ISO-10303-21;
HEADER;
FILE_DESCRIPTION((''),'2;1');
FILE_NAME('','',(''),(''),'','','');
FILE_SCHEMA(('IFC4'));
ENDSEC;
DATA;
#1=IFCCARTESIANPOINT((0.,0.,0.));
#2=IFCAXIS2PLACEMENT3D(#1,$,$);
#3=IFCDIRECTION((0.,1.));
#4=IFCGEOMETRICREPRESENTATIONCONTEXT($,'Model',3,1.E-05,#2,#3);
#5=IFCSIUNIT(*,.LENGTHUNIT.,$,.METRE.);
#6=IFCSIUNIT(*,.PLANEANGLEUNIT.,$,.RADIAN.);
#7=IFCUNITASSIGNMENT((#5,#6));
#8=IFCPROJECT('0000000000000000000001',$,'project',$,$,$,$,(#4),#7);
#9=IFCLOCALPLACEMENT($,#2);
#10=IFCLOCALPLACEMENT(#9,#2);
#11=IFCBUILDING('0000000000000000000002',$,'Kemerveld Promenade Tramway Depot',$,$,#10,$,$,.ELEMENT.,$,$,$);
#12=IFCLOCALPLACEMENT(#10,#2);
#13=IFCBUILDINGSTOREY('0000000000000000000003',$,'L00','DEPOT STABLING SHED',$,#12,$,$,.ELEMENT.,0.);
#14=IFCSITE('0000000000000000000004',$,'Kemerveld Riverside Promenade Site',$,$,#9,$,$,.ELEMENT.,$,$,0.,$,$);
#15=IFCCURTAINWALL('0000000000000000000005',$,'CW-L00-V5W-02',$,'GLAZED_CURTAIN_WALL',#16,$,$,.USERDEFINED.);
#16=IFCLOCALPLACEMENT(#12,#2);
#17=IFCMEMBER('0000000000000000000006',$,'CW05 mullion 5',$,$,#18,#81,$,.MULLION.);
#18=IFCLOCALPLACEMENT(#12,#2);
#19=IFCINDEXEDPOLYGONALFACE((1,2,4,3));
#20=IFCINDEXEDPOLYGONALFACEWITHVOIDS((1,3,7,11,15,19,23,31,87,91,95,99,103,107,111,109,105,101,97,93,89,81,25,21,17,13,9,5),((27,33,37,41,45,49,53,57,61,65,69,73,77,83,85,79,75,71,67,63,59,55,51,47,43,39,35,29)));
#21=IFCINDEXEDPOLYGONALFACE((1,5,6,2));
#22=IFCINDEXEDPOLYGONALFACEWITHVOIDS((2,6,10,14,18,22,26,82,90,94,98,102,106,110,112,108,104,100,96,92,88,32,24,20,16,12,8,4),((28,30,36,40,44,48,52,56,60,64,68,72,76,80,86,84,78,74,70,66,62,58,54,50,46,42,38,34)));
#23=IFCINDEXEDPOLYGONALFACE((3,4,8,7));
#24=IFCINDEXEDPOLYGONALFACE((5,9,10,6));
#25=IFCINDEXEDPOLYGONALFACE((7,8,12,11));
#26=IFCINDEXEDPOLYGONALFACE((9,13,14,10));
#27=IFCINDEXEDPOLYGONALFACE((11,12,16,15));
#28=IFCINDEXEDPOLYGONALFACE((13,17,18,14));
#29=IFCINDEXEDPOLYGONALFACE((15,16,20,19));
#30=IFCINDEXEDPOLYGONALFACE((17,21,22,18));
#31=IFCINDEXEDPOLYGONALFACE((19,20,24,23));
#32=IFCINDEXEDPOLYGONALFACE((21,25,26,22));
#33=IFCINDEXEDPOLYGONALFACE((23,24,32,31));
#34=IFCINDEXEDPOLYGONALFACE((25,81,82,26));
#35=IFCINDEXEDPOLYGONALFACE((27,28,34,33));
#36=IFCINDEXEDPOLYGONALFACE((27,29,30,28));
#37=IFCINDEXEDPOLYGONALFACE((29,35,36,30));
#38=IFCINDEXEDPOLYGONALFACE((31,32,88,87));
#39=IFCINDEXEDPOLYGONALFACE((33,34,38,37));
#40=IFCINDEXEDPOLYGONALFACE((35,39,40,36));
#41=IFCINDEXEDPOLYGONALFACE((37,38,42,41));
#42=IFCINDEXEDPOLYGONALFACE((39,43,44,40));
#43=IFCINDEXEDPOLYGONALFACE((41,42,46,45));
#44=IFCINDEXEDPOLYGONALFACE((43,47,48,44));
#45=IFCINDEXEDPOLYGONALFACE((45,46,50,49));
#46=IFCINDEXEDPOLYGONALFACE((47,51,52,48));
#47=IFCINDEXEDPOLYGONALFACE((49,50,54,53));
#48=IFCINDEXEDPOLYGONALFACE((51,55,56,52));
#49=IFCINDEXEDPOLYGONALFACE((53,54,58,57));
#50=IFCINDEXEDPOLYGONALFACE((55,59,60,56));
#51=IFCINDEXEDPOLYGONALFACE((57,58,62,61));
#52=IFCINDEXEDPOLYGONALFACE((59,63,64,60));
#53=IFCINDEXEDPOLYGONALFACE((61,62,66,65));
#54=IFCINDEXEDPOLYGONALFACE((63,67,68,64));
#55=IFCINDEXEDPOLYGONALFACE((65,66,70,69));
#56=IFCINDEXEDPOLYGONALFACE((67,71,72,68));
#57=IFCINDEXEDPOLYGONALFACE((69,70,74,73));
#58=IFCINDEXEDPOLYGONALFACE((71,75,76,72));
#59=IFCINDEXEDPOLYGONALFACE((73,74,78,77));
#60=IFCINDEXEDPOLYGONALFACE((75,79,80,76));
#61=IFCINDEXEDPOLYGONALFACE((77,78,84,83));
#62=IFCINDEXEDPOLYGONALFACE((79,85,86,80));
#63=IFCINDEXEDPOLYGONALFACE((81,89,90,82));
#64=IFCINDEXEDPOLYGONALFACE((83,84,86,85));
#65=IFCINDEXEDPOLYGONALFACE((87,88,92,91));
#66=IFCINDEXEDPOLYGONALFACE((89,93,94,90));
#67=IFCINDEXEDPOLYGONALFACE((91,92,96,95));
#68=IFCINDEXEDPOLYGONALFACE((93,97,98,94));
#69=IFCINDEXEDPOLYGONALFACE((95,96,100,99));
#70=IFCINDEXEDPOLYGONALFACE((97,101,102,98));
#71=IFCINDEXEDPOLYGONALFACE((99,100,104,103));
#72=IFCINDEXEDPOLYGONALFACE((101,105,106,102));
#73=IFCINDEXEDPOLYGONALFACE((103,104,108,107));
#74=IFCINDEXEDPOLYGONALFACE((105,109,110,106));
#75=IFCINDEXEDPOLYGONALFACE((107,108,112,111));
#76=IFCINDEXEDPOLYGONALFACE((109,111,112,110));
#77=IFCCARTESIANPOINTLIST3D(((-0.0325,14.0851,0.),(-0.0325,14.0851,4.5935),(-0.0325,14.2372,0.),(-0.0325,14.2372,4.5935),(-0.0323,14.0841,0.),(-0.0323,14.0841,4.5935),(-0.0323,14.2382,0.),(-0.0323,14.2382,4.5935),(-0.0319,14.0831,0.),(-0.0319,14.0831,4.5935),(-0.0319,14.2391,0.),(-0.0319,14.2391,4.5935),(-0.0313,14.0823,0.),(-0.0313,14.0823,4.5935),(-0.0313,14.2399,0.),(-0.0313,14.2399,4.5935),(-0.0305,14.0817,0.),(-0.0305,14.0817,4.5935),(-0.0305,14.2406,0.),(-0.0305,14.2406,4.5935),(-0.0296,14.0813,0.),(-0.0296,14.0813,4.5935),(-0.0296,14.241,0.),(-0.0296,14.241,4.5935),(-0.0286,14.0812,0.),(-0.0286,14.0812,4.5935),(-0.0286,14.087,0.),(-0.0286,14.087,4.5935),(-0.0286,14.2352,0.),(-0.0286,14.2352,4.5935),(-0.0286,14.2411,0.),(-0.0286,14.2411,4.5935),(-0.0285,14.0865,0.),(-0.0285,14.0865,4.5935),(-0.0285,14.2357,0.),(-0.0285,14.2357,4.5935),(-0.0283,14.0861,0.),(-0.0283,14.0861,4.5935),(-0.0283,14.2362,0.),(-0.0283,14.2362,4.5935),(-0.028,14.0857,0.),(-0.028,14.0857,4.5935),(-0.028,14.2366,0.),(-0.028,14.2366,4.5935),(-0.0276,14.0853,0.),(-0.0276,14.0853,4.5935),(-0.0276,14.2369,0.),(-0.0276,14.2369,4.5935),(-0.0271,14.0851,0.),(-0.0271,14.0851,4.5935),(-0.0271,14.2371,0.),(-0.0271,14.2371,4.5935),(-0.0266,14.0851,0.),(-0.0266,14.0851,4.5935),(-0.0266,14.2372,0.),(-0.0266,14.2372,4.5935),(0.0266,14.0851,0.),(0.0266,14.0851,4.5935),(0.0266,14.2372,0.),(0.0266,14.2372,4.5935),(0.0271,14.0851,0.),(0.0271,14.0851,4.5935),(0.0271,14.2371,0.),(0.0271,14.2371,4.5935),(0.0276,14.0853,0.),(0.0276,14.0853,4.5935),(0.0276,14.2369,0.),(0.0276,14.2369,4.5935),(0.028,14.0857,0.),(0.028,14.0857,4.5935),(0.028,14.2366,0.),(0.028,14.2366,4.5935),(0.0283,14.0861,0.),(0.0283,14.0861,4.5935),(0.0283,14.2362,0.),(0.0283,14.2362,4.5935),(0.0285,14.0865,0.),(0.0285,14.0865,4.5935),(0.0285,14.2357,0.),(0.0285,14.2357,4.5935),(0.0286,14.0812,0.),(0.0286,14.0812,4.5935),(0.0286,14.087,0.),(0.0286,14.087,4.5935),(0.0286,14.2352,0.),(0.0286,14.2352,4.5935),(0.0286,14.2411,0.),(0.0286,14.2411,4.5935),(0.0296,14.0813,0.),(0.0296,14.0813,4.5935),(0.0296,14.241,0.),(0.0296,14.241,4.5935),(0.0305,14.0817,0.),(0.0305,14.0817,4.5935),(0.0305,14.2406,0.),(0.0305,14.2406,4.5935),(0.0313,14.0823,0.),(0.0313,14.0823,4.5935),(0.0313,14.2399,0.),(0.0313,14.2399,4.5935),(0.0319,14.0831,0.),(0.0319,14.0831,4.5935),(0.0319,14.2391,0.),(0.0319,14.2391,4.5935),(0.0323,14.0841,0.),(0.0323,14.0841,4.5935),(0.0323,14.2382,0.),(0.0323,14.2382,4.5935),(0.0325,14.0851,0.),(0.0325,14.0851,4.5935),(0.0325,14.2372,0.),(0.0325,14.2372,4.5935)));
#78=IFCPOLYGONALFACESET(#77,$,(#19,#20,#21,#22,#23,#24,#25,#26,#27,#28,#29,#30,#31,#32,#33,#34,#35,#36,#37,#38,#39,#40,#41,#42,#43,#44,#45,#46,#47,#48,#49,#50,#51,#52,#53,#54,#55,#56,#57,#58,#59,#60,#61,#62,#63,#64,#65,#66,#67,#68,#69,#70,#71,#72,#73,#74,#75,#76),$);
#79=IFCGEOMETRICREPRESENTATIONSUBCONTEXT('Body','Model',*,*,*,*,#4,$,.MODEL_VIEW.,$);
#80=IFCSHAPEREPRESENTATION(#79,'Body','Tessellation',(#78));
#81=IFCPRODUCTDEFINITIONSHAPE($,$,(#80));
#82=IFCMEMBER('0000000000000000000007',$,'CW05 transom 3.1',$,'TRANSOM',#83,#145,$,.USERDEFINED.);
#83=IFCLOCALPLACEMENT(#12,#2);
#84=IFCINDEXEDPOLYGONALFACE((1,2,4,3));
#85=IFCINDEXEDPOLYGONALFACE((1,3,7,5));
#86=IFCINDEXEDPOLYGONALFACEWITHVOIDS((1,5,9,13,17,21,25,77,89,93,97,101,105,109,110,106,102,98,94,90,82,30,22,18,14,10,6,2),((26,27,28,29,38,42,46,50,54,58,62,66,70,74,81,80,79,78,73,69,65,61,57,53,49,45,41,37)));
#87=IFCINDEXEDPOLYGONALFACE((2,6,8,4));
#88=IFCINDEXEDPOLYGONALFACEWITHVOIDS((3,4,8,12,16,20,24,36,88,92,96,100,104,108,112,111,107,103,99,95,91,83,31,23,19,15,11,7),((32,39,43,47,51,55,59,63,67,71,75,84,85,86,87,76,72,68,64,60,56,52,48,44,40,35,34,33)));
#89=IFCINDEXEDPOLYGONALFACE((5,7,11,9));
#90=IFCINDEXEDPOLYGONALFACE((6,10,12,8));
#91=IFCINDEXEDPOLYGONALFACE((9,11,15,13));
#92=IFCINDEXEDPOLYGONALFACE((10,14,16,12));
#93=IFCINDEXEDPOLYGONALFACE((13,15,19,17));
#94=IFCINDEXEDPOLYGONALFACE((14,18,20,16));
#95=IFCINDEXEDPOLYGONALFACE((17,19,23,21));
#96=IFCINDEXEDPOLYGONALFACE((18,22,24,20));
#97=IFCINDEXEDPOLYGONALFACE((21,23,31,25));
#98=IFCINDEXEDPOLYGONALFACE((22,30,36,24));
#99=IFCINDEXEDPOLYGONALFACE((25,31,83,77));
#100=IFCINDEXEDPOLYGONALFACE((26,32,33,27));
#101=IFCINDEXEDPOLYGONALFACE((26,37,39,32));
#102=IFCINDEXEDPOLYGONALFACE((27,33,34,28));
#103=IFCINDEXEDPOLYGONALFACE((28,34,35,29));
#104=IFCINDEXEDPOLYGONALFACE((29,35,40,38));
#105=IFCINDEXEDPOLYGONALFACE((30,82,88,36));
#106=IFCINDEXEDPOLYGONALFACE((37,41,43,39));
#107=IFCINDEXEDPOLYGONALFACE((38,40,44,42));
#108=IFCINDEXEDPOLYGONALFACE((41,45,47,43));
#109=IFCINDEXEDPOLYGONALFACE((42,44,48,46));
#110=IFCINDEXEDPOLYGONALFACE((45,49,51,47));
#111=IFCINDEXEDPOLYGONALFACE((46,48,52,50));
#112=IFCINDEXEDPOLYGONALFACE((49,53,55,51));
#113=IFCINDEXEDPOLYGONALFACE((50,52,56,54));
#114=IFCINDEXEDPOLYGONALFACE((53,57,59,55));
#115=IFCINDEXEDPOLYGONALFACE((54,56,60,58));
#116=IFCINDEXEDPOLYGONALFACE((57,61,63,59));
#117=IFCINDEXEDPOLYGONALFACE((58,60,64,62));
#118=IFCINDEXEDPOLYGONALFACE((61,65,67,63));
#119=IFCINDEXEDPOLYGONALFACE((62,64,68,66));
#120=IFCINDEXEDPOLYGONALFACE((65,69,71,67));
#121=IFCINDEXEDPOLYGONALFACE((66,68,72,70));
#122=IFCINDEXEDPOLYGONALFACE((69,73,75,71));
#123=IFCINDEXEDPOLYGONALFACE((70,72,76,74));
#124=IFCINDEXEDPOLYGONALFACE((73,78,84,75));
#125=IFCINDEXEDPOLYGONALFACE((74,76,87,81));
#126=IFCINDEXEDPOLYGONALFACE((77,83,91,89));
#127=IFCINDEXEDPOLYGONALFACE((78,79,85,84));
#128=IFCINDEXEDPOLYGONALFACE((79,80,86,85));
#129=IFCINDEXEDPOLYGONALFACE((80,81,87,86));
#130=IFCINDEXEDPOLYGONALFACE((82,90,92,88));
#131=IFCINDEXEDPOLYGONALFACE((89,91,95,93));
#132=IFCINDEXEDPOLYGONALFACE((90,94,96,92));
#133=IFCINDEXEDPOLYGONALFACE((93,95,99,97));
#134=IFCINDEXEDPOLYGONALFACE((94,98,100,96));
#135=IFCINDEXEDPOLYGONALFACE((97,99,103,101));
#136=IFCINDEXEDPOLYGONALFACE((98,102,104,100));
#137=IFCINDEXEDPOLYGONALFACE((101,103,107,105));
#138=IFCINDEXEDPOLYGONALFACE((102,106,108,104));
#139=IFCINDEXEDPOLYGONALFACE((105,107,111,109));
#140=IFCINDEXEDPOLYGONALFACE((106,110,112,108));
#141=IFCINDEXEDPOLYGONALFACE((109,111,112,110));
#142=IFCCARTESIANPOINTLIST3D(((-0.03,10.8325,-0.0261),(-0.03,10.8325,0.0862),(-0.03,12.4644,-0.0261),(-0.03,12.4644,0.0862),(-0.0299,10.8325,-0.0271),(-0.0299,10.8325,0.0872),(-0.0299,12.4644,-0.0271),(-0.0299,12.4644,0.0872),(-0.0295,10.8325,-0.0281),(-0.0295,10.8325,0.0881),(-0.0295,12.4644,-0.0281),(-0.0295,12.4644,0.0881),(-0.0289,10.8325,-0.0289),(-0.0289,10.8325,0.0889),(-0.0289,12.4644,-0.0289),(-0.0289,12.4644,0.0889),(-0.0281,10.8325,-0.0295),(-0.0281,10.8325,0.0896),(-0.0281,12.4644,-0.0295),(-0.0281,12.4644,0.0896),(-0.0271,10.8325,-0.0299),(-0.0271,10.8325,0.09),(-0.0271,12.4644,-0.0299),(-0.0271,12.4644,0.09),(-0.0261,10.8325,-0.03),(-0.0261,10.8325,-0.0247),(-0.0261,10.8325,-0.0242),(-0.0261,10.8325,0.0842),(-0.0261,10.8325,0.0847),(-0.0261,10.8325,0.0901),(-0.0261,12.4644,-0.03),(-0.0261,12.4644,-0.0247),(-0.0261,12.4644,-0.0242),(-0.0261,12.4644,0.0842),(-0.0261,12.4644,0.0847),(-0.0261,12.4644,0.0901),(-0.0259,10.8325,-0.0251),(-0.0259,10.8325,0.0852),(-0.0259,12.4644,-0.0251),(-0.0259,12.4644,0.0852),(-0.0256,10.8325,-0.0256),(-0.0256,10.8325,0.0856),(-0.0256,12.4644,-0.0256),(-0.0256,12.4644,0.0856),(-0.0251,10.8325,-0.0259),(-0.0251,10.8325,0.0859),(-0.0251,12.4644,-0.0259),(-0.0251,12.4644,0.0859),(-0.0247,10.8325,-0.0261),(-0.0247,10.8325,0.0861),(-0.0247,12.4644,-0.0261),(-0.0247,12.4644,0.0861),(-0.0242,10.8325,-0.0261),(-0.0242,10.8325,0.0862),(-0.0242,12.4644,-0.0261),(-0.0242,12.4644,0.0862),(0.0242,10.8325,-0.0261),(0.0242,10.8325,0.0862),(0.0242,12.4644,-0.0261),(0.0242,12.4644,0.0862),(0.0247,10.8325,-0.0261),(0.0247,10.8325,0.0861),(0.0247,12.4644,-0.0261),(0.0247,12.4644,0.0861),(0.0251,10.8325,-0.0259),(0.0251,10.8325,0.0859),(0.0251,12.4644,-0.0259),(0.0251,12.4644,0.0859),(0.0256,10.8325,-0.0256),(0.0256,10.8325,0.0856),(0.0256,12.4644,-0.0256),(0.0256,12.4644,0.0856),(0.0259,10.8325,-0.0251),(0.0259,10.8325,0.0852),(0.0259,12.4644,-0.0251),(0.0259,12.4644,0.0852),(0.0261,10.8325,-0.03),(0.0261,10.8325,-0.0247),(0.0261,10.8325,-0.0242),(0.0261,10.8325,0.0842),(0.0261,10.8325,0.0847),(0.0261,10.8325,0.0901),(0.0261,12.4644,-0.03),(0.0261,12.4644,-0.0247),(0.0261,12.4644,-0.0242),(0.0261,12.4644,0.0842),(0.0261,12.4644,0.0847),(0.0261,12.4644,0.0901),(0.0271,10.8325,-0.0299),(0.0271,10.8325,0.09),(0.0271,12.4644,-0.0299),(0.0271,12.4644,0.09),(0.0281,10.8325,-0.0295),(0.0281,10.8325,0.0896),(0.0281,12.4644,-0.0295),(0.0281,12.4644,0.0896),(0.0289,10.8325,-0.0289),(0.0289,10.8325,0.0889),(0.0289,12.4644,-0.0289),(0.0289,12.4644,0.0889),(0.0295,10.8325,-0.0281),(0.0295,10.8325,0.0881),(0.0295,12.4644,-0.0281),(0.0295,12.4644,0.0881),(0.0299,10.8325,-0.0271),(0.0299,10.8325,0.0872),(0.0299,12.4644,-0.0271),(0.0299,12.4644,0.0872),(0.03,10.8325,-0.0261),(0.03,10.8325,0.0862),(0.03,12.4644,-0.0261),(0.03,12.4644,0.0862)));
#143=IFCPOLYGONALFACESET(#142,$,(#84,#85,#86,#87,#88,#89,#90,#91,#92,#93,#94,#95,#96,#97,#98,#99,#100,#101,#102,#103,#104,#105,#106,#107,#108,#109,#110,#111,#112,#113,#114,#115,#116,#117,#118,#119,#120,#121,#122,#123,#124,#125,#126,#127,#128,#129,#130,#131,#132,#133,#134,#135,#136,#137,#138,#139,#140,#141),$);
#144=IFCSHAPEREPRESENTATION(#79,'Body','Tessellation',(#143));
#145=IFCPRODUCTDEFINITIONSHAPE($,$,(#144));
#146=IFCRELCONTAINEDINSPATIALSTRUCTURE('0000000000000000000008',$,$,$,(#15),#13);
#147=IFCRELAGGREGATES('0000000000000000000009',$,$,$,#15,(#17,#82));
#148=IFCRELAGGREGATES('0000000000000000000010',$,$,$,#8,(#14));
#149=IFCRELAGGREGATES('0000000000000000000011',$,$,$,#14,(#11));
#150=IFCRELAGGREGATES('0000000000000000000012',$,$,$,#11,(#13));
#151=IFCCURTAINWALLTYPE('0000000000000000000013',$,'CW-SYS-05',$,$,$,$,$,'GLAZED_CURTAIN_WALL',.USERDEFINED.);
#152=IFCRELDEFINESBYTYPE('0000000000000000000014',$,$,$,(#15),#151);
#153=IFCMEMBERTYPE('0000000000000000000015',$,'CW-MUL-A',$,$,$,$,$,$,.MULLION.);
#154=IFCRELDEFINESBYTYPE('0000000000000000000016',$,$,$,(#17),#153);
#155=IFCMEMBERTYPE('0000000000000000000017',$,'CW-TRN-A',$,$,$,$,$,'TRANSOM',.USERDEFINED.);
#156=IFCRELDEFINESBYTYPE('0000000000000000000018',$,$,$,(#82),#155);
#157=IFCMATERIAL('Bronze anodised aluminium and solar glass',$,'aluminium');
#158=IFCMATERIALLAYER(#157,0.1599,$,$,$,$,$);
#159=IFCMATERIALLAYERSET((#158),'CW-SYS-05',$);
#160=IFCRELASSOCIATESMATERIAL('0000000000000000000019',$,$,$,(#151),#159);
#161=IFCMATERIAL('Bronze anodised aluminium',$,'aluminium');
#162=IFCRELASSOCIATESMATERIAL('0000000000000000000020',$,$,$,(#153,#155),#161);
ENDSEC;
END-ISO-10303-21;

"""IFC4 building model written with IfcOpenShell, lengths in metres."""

from ifc_helpers import new_model, si_unit, direction, frame, origin, origin_2d, place, context, subcontext, project, spatial, hollow_rectangle, extrude, material, layer, layer_set, material_profile, profile_set, type_object, element, aggregate, save


model = new_model("IFC4")

# Units and contexts
model_context = context("Model", 3, precision=1e-05, world=origin(), true_north=direction((0.0, 1.0)))
body_context = subcontext(model_context, "Body", "Model", "MODEL_VIEW")
ifc_project = project(units=[si_unit("LENGTHUNIT", "METRE"), si_unit("PLANEANGLEUNIT", "RADIAN")], contexts=[model_context])

# Site, building, storey
site_placement = place(None, origin())
site = spatial("IfcSite", under=ifc_project, at=site_placement, Name="Kemerveld Riverside Promenade Site", CompositionType="ELEMENT", RefElevation=0.0)
building_placement = place(site_placement, origin())
building = spatial("IfcBuilding", under=site, at=building_placement, Name="Kemerveld Promenade Tramway Depot", CompositionType="ELEMENT")
storey_placement = place(building_placement, origin())
storey = spatial("IfcBuildingStorey", under=building, at=storey_placement, Name="L00", Description="DEPOT STABLING SHED", CompositionType="ELEMENT", Elevation=0.0)

# Curtain wall, members
ifc_material_1 = material(Name="Bronze anodised aluminium and solar glass", Category="aluminium")
ifc_layer_1 = layer(ifc_material_1, 0.1599)
ifc_layer_set_1 = layer_set([ifc_layer_1], Name="CW-SYS-05")
curtain_wall_type = type_object("IfcCurtainWallType", Name="CW-SYS-05", ElementType="GLAZED_CURTAIN_WALL", PredefinedType="USERDEFINED", material=ifc_layer_set_1)
curtain_wall_placement = place(storey_placement, origin())
curtain_wall = element("IfcCurtainWall", 1, at=curtain_wall_placement, inside=storey, type_object=curtain_wall_type, Name="CW-L00-V5W-02", ObjectType="GLAZED_CURTAIN_WALL", PredefinedType="USERDEFINED")
ifc_material_2 = material(Name="Bronze anodised aluminium", Category="aluminium")
ifc_material_profile_1 = material_profile(ifc_material_2, hollow_rectangle(XDim=0.0649, YDim=0.1599, WallThickness=0.0039, InnerFilletRadius=0.002, OuterFilletRadius=0.0039, at=origin_2d()), Name="CW-MUL-160x65")
ifc_profile_set_1 = profile_set([ifc_material_profile_1], Name="Bronze anodised aluminium")
member_type_1 = type_object("IfcMemberType", Name="CW-MUL-A", PredefinedType="MULLION", material=ifc_profile_set_1)
member_1_placement = place(storey_placement, frame((0.0, 14.1611, 0.0), z_axis=(0.0, 0.0, 1.0), x_axis=(-1.0, 0.0, 0.0)))
member_1 = element("IfcMember", 2, at=member_1_placement, type_object=member_type_1, Name="CW05 mullion 5", PredefinedType="MULLION", context=body_context, shape_type="SweptSolid", body=[
    extrude(hollow_rectangle(XDim=0.0649, YDim=0.1599, WallThickness=0.0039, InnerFilletRadius=0.002, OuterFilletRadius=0.0039, at=origin_2d()), origin(), (0.0, 0.0, 1.0), 4.5935),
])
ifc_material_profile_2 = material_profile(ifc_material_2, hollow_rectangle(XDim=0.0601, YDim=0.1201, WallThickness=0.0039, InnerFilletRadius=0.002, OuterFilletRadius=0.0039, at=origin_2d()), Name="CW-TRN-120x60")
ifc_profile_set_2 = profile_set([ifc_material_profile_2], Name="Bronze anodised aluminium")
member_type_2 = type_object("IfcMemberType", Name="CW-TRN-A", ElementType="TRANSOM", PredefinedType="USERDEFINED", material=ifc_profile_set_2)
member_2_placement = place(storey_placement, frame((0.0, 10.8325, 0.03), z_axis=(0.0, 1.0, 0.0), x_axis=(-1.0, 0.0, 0.0)))
member_2 = element("IfcMember", 3, at=member_2_placement, type_object=member_type_2, Name="CW05 transom 3.1", ObjectType="TRANSOM", PredefinedType="USERDEFINED", context=body_context, shape_type="SweptSolid", body=[
    extrude(hollow_rectangle(XDim=0.0601, YDim=0.1201, WallThickness=0.0039, InnerFilletRadius=0.002, OuterFilletRadius=0.0039, at=origin_2d()), origin(), (0.0, 0.0, 1.0), 1.6318),
])
aggregate(curtain_wall, [member_1, member_2])

save(model, "model.ifc")
